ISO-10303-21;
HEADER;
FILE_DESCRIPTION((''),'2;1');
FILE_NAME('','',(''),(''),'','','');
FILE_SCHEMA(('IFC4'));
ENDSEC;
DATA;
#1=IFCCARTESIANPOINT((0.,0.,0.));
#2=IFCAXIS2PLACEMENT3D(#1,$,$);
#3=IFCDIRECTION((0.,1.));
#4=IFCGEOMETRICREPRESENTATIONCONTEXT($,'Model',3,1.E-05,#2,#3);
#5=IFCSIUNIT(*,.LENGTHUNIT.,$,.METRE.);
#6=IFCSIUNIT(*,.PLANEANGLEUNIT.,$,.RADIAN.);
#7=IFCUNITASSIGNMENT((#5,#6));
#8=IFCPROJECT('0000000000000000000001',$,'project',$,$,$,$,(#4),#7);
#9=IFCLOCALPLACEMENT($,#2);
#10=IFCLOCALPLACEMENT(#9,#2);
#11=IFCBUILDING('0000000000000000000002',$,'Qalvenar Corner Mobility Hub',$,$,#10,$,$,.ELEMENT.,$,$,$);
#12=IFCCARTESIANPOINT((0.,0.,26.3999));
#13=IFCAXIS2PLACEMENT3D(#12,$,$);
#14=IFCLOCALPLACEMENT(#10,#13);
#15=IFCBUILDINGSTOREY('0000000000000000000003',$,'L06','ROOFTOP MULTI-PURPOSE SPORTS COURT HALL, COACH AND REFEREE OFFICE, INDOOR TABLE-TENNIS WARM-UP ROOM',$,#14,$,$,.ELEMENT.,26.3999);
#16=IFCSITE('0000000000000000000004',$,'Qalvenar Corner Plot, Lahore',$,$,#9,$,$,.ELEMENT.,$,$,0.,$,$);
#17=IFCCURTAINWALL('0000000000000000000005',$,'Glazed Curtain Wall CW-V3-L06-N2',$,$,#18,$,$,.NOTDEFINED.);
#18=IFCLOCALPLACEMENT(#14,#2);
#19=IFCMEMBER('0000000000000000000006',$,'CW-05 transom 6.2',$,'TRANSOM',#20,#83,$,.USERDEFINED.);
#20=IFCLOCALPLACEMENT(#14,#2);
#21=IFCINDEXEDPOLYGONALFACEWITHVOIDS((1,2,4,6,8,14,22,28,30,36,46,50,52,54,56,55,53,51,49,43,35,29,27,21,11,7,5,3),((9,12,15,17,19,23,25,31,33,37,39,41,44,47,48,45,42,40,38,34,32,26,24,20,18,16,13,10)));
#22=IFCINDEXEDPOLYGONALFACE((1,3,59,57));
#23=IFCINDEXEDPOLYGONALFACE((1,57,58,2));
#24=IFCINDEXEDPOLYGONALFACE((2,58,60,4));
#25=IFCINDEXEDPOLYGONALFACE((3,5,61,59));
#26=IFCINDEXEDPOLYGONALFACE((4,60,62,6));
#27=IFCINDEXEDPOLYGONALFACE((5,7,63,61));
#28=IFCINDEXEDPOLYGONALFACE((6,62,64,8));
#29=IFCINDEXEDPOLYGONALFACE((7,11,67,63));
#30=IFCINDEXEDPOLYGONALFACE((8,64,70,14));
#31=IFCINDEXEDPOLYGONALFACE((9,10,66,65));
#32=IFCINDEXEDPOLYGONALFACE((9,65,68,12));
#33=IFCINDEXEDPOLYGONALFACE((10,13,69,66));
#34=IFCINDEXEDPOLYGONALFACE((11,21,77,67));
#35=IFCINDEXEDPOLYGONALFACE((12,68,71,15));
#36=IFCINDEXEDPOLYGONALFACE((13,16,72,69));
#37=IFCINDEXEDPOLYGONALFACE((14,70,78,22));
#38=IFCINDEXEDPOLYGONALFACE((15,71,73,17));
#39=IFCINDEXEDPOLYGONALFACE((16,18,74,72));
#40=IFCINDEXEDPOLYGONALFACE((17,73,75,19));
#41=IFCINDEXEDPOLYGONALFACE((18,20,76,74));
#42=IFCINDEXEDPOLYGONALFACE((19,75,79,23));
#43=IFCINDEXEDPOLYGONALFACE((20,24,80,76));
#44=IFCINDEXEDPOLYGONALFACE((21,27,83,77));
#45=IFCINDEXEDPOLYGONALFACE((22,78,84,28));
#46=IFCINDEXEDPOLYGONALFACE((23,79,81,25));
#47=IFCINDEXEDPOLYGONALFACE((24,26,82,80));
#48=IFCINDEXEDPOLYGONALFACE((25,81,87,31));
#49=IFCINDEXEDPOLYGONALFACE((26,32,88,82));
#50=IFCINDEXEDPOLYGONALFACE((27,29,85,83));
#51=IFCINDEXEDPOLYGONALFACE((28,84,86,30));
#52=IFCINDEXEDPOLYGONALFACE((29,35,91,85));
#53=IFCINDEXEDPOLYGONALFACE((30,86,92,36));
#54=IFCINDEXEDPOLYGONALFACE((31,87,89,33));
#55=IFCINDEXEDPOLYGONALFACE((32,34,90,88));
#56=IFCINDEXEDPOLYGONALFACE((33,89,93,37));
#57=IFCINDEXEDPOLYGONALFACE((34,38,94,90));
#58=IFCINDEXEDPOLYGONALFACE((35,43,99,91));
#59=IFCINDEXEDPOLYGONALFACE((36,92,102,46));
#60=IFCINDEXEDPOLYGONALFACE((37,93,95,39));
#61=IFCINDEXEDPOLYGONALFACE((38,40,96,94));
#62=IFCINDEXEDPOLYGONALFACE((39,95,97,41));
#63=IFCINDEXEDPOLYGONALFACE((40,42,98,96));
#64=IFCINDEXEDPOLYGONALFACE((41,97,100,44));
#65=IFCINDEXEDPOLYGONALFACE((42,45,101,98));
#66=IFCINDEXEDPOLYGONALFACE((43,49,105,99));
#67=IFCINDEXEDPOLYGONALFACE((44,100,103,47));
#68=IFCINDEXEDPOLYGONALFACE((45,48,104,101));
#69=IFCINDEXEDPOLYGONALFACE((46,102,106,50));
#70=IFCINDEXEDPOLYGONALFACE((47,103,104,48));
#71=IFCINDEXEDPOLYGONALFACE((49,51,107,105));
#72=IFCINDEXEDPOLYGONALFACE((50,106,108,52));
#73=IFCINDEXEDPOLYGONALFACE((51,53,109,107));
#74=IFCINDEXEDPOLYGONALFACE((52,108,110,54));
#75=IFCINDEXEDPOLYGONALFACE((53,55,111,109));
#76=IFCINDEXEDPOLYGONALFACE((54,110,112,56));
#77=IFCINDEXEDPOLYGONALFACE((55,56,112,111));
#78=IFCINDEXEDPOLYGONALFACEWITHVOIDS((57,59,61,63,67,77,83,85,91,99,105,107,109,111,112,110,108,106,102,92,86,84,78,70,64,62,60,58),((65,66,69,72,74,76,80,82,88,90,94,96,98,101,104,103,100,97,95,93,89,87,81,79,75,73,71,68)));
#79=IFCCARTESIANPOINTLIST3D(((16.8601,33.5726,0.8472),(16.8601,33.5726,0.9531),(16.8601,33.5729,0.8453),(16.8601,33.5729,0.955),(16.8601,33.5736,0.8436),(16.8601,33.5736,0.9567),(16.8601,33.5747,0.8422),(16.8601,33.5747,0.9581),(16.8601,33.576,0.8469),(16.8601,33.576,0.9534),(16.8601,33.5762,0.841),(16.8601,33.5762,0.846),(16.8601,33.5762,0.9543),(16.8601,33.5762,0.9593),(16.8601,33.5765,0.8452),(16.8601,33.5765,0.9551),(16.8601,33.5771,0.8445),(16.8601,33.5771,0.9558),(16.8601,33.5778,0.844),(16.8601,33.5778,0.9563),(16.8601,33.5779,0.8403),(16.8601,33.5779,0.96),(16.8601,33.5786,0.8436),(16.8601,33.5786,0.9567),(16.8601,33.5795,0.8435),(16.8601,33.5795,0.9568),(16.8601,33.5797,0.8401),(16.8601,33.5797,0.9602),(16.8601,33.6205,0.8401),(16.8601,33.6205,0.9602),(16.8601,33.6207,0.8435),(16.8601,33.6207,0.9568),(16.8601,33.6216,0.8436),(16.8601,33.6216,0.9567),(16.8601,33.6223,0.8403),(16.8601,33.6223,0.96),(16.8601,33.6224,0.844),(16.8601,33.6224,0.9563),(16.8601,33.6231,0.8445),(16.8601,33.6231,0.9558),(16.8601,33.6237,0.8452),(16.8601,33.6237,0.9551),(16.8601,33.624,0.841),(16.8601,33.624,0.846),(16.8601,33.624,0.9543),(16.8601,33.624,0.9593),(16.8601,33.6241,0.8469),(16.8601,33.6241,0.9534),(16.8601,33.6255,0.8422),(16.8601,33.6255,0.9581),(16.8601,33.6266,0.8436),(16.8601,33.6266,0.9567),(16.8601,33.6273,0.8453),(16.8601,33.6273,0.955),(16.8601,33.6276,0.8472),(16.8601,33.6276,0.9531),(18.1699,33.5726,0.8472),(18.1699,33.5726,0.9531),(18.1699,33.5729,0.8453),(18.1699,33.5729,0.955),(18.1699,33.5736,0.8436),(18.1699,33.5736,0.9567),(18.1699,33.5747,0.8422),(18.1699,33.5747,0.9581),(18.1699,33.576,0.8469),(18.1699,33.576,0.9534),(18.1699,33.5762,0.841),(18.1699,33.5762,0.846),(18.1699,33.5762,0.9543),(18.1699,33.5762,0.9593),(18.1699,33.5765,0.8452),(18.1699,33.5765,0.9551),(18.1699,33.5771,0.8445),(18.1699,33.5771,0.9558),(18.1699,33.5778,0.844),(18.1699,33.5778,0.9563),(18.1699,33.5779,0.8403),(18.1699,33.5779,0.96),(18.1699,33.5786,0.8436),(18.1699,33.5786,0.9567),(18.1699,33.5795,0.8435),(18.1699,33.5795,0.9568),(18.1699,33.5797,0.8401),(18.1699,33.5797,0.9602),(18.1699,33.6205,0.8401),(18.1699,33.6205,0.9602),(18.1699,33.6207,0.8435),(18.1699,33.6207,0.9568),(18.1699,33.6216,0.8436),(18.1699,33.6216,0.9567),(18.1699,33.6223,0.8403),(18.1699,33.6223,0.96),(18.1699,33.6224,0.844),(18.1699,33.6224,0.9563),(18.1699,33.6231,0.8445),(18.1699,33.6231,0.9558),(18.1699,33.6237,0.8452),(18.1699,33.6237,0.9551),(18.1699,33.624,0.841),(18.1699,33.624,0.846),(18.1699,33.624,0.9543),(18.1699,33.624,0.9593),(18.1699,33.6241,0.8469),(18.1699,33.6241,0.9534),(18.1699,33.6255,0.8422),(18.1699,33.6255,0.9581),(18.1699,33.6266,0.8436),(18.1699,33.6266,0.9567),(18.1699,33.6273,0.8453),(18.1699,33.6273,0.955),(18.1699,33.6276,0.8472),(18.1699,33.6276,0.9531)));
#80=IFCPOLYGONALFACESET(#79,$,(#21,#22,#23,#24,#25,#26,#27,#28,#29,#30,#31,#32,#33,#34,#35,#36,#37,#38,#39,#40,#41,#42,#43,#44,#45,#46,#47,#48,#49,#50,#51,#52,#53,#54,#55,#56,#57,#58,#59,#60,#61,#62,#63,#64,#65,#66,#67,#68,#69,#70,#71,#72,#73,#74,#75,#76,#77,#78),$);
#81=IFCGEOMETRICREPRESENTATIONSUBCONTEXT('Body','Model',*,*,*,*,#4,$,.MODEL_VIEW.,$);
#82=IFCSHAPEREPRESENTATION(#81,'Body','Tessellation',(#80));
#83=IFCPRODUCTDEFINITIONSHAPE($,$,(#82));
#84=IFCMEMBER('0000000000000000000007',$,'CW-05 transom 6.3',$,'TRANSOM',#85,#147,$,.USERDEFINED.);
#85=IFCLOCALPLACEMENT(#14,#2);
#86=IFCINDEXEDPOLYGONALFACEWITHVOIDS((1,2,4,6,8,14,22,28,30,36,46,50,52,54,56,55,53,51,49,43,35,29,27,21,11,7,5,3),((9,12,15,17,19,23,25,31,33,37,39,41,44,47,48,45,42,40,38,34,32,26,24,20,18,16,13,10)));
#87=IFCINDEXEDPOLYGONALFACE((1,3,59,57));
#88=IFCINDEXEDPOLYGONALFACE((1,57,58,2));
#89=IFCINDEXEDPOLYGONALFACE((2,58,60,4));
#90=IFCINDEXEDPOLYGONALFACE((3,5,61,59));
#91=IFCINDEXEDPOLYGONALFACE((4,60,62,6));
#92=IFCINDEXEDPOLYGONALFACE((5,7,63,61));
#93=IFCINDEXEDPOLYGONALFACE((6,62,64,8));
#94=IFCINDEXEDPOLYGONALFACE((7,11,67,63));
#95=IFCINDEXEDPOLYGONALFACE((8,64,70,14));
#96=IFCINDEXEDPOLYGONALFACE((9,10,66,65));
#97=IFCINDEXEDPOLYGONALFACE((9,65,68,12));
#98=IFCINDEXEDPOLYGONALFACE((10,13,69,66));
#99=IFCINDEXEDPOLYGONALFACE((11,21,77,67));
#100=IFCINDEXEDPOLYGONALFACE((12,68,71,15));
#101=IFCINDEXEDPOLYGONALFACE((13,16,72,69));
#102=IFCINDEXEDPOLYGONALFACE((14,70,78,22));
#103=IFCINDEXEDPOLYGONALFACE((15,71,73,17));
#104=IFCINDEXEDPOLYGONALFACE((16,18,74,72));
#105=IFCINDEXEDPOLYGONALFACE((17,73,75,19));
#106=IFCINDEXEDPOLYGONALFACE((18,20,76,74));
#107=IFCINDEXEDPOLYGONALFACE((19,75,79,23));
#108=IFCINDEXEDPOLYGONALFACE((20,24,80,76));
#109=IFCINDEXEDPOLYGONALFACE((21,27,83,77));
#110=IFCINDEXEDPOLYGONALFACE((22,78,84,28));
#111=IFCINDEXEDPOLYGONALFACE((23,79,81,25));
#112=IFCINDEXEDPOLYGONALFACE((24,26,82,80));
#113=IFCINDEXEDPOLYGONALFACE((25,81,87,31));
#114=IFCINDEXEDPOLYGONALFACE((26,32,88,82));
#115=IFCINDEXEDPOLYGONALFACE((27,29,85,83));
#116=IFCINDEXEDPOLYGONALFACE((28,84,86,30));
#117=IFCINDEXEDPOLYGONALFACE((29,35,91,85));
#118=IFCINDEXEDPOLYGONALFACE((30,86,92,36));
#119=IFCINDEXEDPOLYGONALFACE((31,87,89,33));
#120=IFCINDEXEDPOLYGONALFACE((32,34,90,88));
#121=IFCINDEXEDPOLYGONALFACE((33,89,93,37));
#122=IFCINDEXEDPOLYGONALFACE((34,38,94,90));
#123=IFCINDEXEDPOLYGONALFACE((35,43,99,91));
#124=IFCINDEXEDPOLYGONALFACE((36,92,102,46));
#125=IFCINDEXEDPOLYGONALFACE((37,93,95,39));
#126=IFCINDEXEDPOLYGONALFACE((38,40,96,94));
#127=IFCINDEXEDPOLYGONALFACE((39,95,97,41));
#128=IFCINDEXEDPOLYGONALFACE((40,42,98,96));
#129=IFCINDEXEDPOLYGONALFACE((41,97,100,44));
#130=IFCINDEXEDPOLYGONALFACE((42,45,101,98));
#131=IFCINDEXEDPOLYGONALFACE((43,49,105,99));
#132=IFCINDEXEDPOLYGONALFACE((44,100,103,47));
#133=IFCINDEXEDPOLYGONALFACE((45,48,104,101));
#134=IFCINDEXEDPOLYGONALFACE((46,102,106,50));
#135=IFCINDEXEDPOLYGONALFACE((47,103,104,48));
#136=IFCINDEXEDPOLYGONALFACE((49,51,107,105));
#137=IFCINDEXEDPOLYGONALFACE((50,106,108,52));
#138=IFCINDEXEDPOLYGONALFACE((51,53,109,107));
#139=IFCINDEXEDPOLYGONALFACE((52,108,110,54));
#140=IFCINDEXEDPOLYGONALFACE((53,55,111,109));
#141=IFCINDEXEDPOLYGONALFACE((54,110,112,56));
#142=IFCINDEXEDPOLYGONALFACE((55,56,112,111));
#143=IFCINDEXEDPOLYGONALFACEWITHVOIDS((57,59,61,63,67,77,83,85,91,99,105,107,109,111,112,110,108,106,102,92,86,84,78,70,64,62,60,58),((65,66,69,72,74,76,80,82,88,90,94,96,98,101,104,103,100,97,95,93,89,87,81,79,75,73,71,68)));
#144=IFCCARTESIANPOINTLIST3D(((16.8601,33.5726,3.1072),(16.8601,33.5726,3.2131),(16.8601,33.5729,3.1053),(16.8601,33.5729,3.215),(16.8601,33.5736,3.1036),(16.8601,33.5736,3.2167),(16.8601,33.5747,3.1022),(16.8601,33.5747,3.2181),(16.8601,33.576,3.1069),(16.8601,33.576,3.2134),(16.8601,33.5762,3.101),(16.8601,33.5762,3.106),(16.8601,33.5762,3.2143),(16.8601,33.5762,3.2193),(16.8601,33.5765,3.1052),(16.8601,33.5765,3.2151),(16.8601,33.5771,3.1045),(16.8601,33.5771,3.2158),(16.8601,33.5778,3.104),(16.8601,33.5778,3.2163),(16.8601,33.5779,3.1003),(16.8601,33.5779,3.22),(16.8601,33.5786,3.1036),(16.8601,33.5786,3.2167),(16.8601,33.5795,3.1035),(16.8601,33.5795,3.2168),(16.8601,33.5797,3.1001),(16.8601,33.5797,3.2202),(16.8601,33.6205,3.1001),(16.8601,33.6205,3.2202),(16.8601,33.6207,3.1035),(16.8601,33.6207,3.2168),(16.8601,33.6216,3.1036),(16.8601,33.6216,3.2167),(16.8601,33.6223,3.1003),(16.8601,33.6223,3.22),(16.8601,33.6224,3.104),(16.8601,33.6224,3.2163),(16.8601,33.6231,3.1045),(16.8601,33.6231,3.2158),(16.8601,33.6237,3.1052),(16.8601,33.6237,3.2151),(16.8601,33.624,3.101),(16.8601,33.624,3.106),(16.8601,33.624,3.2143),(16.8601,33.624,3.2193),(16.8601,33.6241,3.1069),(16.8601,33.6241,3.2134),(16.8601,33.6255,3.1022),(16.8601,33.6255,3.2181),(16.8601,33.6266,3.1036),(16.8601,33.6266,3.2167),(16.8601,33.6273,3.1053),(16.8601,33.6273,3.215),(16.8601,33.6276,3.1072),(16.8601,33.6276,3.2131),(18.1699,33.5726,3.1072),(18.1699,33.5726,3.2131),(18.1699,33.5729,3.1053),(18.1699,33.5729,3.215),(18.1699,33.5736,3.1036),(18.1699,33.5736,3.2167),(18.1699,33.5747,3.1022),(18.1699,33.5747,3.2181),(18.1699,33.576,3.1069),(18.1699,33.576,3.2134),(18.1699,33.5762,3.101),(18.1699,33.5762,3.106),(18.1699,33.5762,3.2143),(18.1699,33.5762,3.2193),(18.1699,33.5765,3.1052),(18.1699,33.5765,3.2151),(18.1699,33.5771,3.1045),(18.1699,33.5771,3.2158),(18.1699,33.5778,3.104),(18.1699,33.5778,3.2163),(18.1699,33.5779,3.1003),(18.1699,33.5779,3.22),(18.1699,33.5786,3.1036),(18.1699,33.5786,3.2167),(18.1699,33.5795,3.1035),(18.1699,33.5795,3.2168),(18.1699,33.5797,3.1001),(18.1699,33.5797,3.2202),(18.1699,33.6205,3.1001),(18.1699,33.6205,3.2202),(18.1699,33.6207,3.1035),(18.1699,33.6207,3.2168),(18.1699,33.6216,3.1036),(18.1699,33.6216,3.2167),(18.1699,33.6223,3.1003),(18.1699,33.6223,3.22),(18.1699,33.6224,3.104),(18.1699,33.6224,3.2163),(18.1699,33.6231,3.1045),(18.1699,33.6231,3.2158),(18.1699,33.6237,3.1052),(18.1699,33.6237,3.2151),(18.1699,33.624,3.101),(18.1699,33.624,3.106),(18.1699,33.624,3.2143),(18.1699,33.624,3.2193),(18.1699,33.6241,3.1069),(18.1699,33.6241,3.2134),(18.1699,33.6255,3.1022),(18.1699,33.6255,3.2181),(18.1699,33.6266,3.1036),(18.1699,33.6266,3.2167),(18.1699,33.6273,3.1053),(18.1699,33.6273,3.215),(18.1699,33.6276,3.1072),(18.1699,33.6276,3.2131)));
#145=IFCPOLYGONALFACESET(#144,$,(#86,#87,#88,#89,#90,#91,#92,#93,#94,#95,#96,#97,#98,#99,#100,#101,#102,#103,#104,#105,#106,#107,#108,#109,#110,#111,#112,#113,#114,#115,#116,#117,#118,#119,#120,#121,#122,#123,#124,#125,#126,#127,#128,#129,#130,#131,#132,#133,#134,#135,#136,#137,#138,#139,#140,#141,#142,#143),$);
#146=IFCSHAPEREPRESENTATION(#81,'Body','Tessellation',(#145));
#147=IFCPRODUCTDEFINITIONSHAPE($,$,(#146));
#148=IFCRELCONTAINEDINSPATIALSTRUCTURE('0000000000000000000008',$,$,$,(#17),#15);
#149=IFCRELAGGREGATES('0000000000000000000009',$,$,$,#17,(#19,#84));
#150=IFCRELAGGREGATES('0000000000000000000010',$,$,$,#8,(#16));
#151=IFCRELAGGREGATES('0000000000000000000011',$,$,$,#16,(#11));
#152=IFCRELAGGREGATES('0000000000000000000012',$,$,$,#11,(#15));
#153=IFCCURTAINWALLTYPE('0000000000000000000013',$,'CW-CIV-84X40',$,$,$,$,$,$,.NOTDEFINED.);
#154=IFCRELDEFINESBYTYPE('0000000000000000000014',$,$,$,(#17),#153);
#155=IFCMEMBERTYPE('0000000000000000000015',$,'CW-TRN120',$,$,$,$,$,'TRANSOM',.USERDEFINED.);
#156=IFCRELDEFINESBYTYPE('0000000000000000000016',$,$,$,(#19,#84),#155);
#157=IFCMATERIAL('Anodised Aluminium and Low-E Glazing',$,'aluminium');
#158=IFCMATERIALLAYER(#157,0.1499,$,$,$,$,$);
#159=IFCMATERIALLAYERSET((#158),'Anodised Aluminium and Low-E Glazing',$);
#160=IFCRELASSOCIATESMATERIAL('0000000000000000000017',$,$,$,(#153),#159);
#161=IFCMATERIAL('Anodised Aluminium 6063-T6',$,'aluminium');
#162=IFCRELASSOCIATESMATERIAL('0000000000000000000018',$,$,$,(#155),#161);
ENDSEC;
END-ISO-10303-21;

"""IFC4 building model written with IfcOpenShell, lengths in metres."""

from ifc_helpers import new_model, si_unit, direction, frame, origin, origin_2d, place, context, subcontext, project, spatial, hollow_rectangle, extrude, material, layer, layer_set, material_profile, profile_set, type_object, element, aggregate, save


model = new_model("IFC4")

# Units and contexts
model_context = context("Model", 3, precision=1e-05, world=origin(), true_north=direction((0.0, 1.0)))
body_context = subcontext(model_context, "Body", "Model", "MODEL_VIEW")
ifc_project = project(units=[si_unit("LENGTHUNIT", "METRE"), si_unit("PLANEANGLEUNIT", "RADIAN")], contexts=[model_context])

# Site, building, storey
site_placement = place(None, origin())
site = spatial("IfcSite", under=ifc_project, at=site_placement, Name="Qalvenar Corner Plot, Lahore", CompositionType="ELEMENT", RefElevation=0.0)
building_placement = place(site_placement, origin())
building = spatial("IfcBuilding", under=site, at=building_placement, Name="Qalvenar Corner Mobility Hub", CompositionType="ELEMENT")
storey_placement = place(building_placement, frame((0.0, 0.0, 26.3999)))
storey = spatial("IfcBuildingStorey", under=building, at=storey_placement, Name="L06", Description="ROOFTOP MULTI-PURPOSE SPORTS COURT HALL, COACH AND REFEREE OFFICE, INDOOR TABLE-TENNIS WARM-UP ROOM", CompositionType="ELEMENT", Elevation=26.3999)

# Curtain wall
ifc_material_1 = material(Name="Anodised Aluminium and Low-E Glazing", Category="aluminium")
ifc_material_2 = material(Name="Anodised Aluminium 6063-T6", Category="aluminium")
ifc_layer_1 = layer(ifc_material_1, 0.1499)
ifc_layer_set_1 = layer_set([ifc_layer_1], Name="Anodised Aluminium and Low-E Glazing")
curtain_wall_type_1 = type_object("IfcCurtainWallType", Name="CW-CIV-84X40", PredefinedType="NOTDEFINED", material=ifc_layer_set_1)
curtain_wall_1_placement = place(storey_placement, origin())
curtain_wall_1 = element("IfcCurtainWall", 1, at=curtain_wall_1_placement, inside=storey, type_object=curtain_wall_type_1, Name="Glazed Curtain Wall CW-V3-L06-N2", PredefinedType="NOTDEFINED")

# Members
ifc_material_profile_1 = material_profile(ifc_material_2, hollow_rectangle(XDim=0.0549, YDim=0.1201, WallThickness=0.0034, InnerFilletRadius=0.0034, OuterFilletRadius=0.0071, at=origin_2d()), Name="RHS120x55x3.5")
ifc_profile_set_1 = profile_set([ifc_material_profile_1], Name="Anodised Aluminium 6063-T6")
member_type_1 = type_object("IfcMemberType", Name="CW-TRN120", ElementType="TRANSOM", PredefinedType="USERDEFINED", material=ifc_profile_set_1)
member_1_placement = place(storey_placement, frame((18.1699, 33.6001, 0.9001), z_axis=(-1.0, 0.0, 0.0), x_axis=(0.0, -1.0, 0.0)))
member_1 = element("IfcMember", 2, at=member_1_placement, type_object=member_type_1, Name="CW-05 transom 6.2", ObjectType="TRANSOM", PredefinedType="USERDEFINED", context=body_context, shape_type="SweptSolid", body=[
    extrude(hollow_rectangle(XDim=0.0549, YDim=0.1201, WallThickness=0.0034, InnerFilletRadius=0.0034, OuterFilletRadius=0.0071, at=origin_2d()), origin(), (0.0, 0.0, 1.0), 1.3098),
])
member_2_placement = place(storey_placement, frame((18.1699, 33.6001, 3.1602), z_axis=(-1.0, 0.0, 0.0), x_axis=(0.0, -1.0, 0.0)))
member_2 = element("IfcMember", 3, at=member_2_placement, type_object=member_type_1, Name="CW-05 transom 6.3", ObjectType="TRANSOM", PredefinedType="USERDEFINED", context=body_context, shape_type="SweptSolid", body=[
    extrude(hollow_rectangle(XDim=0.0549, YDim=0.1201, WallThickness=0.0034, InnerFilletRadius=0.0034, OuterFilletRadius=0.0071, at=origin_2d()), origin(), (0.0, 0.0, 1.0), 1.3098),
])

aggregate(curtain_wall_1, [member_1, member_2])

save(model, "model.ifc")
